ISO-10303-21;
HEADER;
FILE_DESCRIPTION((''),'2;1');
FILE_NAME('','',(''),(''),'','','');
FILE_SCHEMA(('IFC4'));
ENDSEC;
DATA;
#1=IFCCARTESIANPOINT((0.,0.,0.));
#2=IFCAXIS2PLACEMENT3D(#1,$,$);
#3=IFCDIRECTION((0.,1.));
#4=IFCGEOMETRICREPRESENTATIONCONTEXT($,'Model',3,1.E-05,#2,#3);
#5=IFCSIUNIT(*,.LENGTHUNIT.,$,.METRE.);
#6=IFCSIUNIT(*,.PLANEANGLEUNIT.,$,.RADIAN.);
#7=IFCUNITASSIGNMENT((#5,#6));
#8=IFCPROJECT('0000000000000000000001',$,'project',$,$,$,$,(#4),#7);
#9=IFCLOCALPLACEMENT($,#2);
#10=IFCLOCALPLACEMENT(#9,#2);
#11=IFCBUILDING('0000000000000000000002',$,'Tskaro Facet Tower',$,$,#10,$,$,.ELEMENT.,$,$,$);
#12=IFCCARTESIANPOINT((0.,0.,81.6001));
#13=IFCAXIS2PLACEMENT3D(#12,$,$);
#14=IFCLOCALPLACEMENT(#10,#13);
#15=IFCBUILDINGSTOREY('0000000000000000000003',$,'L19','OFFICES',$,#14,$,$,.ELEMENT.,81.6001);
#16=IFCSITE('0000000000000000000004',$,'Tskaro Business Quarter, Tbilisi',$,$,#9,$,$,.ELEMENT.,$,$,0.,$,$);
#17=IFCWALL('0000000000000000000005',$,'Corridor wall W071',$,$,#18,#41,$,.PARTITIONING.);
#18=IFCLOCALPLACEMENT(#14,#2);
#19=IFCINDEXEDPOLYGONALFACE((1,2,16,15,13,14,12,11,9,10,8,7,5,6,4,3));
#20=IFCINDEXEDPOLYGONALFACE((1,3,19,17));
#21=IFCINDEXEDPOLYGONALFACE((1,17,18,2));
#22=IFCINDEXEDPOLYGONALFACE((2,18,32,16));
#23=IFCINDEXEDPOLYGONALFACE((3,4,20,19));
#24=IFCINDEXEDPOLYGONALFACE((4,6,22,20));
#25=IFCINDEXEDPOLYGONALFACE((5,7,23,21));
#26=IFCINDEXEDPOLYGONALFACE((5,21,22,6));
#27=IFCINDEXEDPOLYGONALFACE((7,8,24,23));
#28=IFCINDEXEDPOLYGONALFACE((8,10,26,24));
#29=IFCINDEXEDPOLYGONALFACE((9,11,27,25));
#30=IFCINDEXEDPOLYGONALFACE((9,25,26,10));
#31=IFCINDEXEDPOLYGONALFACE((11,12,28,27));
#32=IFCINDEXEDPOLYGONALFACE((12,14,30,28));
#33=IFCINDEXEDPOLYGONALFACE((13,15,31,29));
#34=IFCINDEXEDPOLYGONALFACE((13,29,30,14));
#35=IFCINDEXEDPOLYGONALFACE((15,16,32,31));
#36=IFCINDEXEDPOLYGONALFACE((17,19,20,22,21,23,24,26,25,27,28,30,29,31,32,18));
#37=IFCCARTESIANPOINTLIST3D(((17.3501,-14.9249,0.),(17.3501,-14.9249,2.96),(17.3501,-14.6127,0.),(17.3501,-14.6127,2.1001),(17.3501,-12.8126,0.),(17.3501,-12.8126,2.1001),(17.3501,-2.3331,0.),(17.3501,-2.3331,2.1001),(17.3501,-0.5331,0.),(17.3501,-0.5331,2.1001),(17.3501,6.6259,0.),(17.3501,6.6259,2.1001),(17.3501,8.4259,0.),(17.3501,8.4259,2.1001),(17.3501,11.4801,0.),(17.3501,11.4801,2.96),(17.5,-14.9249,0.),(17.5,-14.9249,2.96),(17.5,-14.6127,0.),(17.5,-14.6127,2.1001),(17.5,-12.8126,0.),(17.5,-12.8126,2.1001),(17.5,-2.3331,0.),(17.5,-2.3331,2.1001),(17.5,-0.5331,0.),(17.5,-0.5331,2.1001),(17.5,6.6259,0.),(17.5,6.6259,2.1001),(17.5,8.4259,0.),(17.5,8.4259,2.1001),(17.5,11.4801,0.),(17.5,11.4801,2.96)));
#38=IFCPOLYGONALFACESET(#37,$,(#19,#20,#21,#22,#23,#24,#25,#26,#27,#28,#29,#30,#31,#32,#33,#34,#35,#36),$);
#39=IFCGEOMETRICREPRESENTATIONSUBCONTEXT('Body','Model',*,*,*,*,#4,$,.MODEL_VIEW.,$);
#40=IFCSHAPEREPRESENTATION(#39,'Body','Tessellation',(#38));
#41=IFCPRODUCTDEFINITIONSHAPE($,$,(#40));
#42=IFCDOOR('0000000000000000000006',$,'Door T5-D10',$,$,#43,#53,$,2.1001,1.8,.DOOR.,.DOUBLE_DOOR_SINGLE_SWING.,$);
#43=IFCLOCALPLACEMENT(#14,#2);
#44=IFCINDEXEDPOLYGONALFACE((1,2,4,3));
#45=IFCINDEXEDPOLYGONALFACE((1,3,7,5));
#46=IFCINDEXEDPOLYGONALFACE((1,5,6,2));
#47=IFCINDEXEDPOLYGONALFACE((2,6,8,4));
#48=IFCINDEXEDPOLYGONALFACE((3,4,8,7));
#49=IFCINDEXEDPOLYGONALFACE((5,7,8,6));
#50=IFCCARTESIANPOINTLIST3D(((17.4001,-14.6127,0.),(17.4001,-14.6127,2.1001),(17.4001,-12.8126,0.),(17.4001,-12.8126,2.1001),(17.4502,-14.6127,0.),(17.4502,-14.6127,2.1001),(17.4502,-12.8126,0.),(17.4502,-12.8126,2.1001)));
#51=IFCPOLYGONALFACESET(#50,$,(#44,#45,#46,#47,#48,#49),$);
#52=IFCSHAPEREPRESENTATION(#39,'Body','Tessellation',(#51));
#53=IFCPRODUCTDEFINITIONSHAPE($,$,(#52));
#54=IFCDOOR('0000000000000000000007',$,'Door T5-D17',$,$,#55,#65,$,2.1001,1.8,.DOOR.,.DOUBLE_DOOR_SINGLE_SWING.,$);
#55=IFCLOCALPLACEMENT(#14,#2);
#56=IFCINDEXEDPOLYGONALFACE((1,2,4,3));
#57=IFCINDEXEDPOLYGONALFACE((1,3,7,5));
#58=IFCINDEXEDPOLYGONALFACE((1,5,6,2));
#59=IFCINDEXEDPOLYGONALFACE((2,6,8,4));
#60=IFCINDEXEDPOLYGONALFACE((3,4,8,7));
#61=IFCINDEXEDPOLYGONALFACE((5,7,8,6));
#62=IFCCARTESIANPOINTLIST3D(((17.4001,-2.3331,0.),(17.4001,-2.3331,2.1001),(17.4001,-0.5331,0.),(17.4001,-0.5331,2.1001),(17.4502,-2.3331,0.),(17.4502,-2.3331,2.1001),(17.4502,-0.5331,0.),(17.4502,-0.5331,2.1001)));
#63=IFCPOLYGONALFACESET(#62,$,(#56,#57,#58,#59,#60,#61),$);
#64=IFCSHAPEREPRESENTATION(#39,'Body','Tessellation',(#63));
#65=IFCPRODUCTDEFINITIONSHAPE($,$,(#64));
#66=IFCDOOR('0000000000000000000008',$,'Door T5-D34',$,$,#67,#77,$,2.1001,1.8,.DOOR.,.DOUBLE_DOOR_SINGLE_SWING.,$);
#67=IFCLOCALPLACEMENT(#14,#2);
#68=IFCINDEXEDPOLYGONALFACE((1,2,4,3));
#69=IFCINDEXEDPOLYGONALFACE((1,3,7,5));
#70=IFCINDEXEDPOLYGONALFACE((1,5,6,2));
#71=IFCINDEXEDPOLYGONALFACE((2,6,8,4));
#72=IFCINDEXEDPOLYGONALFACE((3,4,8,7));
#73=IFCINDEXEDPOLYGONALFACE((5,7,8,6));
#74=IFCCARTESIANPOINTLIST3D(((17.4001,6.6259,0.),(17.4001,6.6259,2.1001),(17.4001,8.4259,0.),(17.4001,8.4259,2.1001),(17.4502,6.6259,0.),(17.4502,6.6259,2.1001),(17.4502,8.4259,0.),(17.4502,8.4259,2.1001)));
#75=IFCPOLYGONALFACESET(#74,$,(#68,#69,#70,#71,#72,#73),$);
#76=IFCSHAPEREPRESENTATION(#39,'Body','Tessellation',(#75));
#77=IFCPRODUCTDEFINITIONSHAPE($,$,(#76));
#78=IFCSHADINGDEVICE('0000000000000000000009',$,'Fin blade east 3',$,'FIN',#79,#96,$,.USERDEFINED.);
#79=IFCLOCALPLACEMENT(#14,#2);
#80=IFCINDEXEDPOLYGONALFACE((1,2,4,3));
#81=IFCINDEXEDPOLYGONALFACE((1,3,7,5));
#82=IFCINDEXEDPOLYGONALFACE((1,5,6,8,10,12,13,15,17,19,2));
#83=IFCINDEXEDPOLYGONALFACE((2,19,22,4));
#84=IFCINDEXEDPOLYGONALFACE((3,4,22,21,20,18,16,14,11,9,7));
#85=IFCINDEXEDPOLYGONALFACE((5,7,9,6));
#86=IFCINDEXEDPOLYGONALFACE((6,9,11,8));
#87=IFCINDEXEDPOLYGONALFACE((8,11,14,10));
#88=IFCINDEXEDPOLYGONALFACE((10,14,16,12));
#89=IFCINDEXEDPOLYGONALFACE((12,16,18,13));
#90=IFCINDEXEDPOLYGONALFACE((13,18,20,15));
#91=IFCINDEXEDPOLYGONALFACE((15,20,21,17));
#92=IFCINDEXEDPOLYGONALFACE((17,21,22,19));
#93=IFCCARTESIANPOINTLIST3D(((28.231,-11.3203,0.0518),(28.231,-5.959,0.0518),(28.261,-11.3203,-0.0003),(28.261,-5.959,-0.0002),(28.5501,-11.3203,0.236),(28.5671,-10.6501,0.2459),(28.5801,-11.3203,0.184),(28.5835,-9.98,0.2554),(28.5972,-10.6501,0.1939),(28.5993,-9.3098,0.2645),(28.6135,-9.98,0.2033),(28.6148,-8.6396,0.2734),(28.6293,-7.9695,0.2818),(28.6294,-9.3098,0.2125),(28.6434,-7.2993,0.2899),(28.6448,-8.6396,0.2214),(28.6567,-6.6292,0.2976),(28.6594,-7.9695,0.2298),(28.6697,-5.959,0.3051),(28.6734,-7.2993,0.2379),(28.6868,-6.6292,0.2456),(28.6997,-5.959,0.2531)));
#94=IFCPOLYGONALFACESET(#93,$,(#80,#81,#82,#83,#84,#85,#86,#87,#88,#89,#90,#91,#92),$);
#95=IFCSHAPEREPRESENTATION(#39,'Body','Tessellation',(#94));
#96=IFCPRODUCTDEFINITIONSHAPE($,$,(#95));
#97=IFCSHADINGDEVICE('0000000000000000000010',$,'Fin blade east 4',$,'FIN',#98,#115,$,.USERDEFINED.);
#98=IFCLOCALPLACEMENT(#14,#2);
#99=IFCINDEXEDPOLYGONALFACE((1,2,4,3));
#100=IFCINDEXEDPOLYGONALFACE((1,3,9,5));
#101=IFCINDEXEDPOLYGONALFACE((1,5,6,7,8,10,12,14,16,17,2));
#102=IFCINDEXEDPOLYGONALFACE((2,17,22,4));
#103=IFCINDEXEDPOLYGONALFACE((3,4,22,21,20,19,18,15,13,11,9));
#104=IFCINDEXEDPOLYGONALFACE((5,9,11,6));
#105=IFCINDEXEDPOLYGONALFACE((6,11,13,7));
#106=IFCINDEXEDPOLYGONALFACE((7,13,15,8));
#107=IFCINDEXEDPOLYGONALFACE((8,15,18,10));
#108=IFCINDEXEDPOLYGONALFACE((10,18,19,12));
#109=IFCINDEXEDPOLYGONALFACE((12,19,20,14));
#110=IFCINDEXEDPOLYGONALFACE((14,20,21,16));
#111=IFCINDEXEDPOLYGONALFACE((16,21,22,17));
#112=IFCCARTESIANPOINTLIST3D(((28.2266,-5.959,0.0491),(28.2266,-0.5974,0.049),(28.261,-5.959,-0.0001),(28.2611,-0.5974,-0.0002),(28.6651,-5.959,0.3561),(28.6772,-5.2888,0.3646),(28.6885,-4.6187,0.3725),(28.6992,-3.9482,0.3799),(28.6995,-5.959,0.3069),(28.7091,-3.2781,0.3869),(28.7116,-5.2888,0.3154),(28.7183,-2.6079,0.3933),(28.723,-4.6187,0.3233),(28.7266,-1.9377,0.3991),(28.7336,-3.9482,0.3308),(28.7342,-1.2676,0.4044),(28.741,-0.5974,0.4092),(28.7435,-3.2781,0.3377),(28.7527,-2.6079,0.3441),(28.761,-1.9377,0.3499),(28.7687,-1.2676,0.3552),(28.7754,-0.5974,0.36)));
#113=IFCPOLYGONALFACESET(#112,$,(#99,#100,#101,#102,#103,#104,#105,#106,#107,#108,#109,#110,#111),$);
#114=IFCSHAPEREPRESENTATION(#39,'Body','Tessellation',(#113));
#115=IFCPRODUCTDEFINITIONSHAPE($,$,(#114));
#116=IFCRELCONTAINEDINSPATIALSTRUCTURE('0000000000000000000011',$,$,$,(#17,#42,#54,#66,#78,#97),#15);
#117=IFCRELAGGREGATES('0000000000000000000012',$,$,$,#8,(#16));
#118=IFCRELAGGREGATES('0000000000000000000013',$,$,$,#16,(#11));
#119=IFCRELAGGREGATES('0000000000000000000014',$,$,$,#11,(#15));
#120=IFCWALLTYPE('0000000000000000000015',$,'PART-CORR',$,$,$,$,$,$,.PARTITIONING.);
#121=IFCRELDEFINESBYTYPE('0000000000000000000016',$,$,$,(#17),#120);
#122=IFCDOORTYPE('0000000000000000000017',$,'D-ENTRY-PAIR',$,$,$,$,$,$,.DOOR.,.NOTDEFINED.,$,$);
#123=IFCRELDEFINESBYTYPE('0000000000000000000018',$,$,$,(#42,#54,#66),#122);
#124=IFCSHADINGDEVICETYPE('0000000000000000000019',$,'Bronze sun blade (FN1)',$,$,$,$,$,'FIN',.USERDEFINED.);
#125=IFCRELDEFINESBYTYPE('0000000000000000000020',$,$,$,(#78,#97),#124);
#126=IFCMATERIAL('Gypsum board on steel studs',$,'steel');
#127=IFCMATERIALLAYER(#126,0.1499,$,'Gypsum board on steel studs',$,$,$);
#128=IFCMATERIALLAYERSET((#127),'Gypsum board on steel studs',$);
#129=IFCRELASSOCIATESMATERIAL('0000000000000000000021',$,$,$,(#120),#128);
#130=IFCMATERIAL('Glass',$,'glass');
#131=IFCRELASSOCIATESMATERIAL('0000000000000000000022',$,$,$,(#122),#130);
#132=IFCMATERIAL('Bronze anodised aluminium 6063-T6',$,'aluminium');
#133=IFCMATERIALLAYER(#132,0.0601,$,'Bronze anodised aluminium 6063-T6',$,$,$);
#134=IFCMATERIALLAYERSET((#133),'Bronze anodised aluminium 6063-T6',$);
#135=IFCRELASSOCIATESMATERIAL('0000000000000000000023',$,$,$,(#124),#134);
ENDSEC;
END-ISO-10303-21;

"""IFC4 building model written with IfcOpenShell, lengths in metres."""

from ifc_helpers import new_model, si_unit, direction, frame, frame_2d, origin, place, context, subcontext, project, spatial, polyline, rectangle, outline, extrude, material, layer, layer_set, type_object, element, fill, save


model = new_model("IFC4")

# Units and contexts
model_context = context("Model", 3, precision=1e-05, world=origin(), true_north=direction((0.0, 1.0)))
body_context = subcontext(model_context, "Body", "Model", "MODEL_VIEW")
ifc_project = project(units=[si_unit("LENGTHUNIT", "METRE"), si_unit("PLANEANGLEUNIT", "RADIAN")], contexts=[model_context])

# Site, building, storey
site_placement = place(None, origin())
site = spatial("IfcSite", under=ifc_project, at=site_placement, Name="Tskaro Business Quarter, Tbilisi", CompositionType="ELEMENT", RefElevation=0.0)
building_placement = place(site_placement, origin())
building = spatial("IfcBuilding", under=site, at=building_placement, Name="Tskaro Facet Tower", CompositionType="ELEMENT")
storey_placement = place(building_placement, frame((0.0, 0.0, 81.6001)))
storey = spatial("IfcBuildingStorey", under=building, at=storey_placement, Name="L19", Description="OFFICES", CompositionType="ELEMENT", Elevation=81.6001)

# Shared definitions
ifc_material_1 = material(Name="Bronze anodised aluminium 6063-T6", Category="aluminium")

# Shared definitions
ifc_material_2 = material(Name="Gypsum board on steel studs", Category="steel")

# Shared definitions
ifc_layer_1 = layer(ifc_material_2, 0.1499, Name="Gypsum board on steel studs")
ifc_layer_set_1 = layer_set([ifc_layer_1], Name="Gypsum board on steel studs")
wall_type_1 = type_object("IfcWallType", Name="PART-CORR", PredefinedType="PARTITIONING", material=ifc_layer_set_1)

# Wall, openings, doors
wall_1_placement = place(storey_placement, frame((17.425, -14.925, 0.0), z_axis=(0.0, 0.0, 1.0), x_axis=(0.0, 1.0, 0.0)))
wall_1 = element("IfcWall", 1, at=wall_1_placement, inside=storey, type_object=wall_type_1, Name="Corridor wall W071", PredefinedType="PARTITIONING", context=body_context, shape_type="SweptSolid", body=[
    extrude(rectangle(XDim=26.405, YDim=0.1499, at=frame_2d((13.2026, 0.0))), origin(), (0.0, 0.0, 1.0), 2.96),
])
opening_1_placement = place(wall_1_placement, frame((0.3125, 0.0, 0.0)))
opening_1 = element("IfcOpeningElement", 2, at=opening_1_placement, cuts=wall_1, PredefinedType="OPENING", context=body_context, shape_type="SweptSolid", body=[
    extrude(rectangle(XDim=1.8, YDim=2.1001, at=frame_2d((0.8999, 1.05))), frame((0.0, 0.085, 0.0), z_axis=(0.0, -1.0, 0.0), x_axis=(1.0, 0.0, 0.0)), (0.0, 0.0, 1.0), 0.1699),
])
opening_2_placement = place(wall_1_placement, frame((12.592, 0.0, 0.0)))
opening_2 = element("IfcOpeningElement", 3, at=opening_2_placement, cuts=wall_1, PredefinedType="OPENING", context=body_context, shape_type="SweptSolid", body=[
    extrude(rectangle(XDim=1.8, YDim=2.1001, at=frame_2d((0.8999, 1.05))), frame((0.0, 0.085, 0.0), z_axis=(0.0, -1.0, 0.0), x_axis=(1.0, 0.0, 0.0)), (0.0, 0.0, 1.0), 0.1699),
])
opening_3_placement = place(wall_1_placement, frame((21.551, 0.0, 0.0)))
opening_3 = element("IfcOpeningElement", 4, at=opening_3_placement, cuts=wall_1, PredefinedType="OPENING", context=body_context, shape_type="SweptSolid", body=[
    extrude(rectangle(XDim=1.8, YDim=2.1001, at=frame_2d((0.8999, 1.05))), frame((0.0, 0.085, 0.0), z_axis=(0.0, -1.0, 0.0), x_axis=(1.0, 0.0, 0.0)), (0.0, 0.0, 1.0), 0.1699),
])
ifc_material_3 = material(Name="Glass", Category="glass")
door_type_1 = type_object("IfcDoorType", Name="D-ENTRY-PAIR", OperationType="NOTDEFINED", PredefinedType="DOOR", material=ifc_material_3)
door_1_placement = place(opening_1_placement, origin())
door_1 = element("IfcDoor", 5, at=door_1_placement, inside=storey, type_object=door_type_1, Name="Door T5-D10", OperationType="DOUBLE_DOOR_SINGLE_SWING", OverallHeight=2.1001, OverallWidth=1.8, PredefinedType="DOOR", context=body_context, shape_type="SweptSolid", body=[
    extrude(rectangle(XDim=1.8, YDim=2.1001, at=frame_2d((0.8999, 1.05))), frame((0.0, 0.0249, 0.0), z_axis=(0.0, -1.0, 0.0), x_axis=(1.0, 0.0, 0.0)), (0.0, 0.0, 1.0), 0.05),
])
fill(opening_1, door_1)
door_2_placement = place(opening_2_placement, origin())
door_2 = element("IfcDoor", 6, at=door_2_placement, inside=storey, type_object=door_type_1, Name="Door T5-D17", OperationType="DOUBLE_DOOR_SINGLE_SWING", OverallHeight=2.1001, OverallWidth=1.8, PredefinedType="DOOR", context=body_context, shape_type="SweptSolid", body=[
    extrude(rectangle(XDim=1.8, YDim=2.1001, at=frame_2d((0.8999, 1.05))), frame((0.0, 0.0249, 0.0), z_axis=(0.0, -1.0, 0.0), x_axis=(1.0, 0.0, 0.0)), (0.0, 0.0, 1.0), 0.05),
])
fill(opening_2, door_2)
door_3_placement = place(opening_3_placement, origin())
door_3 = element("IfcDoor", 7, at=door_3_placement, inside=storey, type_object=door_type_1, Name="Door T5-D34", OperationType="DOUBLE_DOOR_SINGLE_SWING", OverallHeight=2.1001, OverallWidth=1.8, PredefinedType="DOOR", context=body_context, shape_type="SweptSolid", body=[
    extrude(rectangle(XDim=1.8, YDim=2.1001, at=frame_2d((0.8999, 1.05))), frame((0.0, 0.0249, 0.0), z_axis=(0.0, -1.0, 0.0), x_axis=(1.0, 0.0, 0.0)), (0.0, 0.0, 1.0), 0.05),
])
fill(opening_3, door_3)

# Shading devices
ifc_layer_2 = layer(ifc_material_1, 0.0601, Name="Bronze anodised aluminium 6063-T6")
ifc_layer_set_2 = layer_set([ifc_layer_2], Name="Bronze anodised aluminium 6063-T6")
shading_device_type = type_object("IfcShadingDeviceType", Name="Bronze sun blade (FN1)", ElementType="FIN", PredefinedType="USERDEFINED", material=ifc_layer_set_2)
shading_device_1_placement = place(storey_placement, frame((28.231, -11.3203, 0.0518), z_axis=(-0.500086, -0.000002, 0.865976), x_axis=(-0.000001, 1.0, 0.000002)))
element("IfcShadingDevice", 8, at=shading_device_1_placement, inside=storey, type_object=shading_device_type, Name="Fin blade east 3", ObjectType="FIN", PredefinedType="USERDEFINED", context=body_context, shape_type="SweptSolid", body=[
    extrude(outline(polyline([(0.0, 0.0), (5.3613, 0.0), (5.3613, -0.5067), (4.6912, -0.4917), (4.021, -0.4762), (3.3508, -0.46), (2.6807, -0.4432), (2.0105, -0.4254), (1.3403, -0.4071), (0.6702, -0.3882), (0.0, -0.3685), (0.0, 0.0)])), origin(), (0.0, 0.0, -1.0), 0.0601),
])
shading_device_2_placement = place(storey_placement, frame((28.2266, -5.959, 0.0491), z_axis=(-0.573558, 0.000014, 0.819165), x_axis=(0.000008, 1.0, -0.000011)))
element("IfcShadingDevice", 9, at=shading_device_2_placement, inside=storey, type_object=shading_device_type, Name="Fin blade east 4", ObjectType="FIN", PredefinedType="USERDEFINED", context=body_context, shape_type="SweptSolid", body=[
    extrude(outline(polyline([(0.0, 0.0), (5.3616, 0.0), (5.3616, -0.6279), (4.6914, -0.6197), (4.0212, -0.6104), (3.3511, -0.6002), (2.6809, -0.589), (2.0107, -0.5769), (1.3403, -0.5639), (0.6702, -0.5501), (0.0, -0.5353), (0.0, 0.0)])), origin(), (0.0, 0.0, -1.0), 0.0601),
])

save(model, "model.ifc")
